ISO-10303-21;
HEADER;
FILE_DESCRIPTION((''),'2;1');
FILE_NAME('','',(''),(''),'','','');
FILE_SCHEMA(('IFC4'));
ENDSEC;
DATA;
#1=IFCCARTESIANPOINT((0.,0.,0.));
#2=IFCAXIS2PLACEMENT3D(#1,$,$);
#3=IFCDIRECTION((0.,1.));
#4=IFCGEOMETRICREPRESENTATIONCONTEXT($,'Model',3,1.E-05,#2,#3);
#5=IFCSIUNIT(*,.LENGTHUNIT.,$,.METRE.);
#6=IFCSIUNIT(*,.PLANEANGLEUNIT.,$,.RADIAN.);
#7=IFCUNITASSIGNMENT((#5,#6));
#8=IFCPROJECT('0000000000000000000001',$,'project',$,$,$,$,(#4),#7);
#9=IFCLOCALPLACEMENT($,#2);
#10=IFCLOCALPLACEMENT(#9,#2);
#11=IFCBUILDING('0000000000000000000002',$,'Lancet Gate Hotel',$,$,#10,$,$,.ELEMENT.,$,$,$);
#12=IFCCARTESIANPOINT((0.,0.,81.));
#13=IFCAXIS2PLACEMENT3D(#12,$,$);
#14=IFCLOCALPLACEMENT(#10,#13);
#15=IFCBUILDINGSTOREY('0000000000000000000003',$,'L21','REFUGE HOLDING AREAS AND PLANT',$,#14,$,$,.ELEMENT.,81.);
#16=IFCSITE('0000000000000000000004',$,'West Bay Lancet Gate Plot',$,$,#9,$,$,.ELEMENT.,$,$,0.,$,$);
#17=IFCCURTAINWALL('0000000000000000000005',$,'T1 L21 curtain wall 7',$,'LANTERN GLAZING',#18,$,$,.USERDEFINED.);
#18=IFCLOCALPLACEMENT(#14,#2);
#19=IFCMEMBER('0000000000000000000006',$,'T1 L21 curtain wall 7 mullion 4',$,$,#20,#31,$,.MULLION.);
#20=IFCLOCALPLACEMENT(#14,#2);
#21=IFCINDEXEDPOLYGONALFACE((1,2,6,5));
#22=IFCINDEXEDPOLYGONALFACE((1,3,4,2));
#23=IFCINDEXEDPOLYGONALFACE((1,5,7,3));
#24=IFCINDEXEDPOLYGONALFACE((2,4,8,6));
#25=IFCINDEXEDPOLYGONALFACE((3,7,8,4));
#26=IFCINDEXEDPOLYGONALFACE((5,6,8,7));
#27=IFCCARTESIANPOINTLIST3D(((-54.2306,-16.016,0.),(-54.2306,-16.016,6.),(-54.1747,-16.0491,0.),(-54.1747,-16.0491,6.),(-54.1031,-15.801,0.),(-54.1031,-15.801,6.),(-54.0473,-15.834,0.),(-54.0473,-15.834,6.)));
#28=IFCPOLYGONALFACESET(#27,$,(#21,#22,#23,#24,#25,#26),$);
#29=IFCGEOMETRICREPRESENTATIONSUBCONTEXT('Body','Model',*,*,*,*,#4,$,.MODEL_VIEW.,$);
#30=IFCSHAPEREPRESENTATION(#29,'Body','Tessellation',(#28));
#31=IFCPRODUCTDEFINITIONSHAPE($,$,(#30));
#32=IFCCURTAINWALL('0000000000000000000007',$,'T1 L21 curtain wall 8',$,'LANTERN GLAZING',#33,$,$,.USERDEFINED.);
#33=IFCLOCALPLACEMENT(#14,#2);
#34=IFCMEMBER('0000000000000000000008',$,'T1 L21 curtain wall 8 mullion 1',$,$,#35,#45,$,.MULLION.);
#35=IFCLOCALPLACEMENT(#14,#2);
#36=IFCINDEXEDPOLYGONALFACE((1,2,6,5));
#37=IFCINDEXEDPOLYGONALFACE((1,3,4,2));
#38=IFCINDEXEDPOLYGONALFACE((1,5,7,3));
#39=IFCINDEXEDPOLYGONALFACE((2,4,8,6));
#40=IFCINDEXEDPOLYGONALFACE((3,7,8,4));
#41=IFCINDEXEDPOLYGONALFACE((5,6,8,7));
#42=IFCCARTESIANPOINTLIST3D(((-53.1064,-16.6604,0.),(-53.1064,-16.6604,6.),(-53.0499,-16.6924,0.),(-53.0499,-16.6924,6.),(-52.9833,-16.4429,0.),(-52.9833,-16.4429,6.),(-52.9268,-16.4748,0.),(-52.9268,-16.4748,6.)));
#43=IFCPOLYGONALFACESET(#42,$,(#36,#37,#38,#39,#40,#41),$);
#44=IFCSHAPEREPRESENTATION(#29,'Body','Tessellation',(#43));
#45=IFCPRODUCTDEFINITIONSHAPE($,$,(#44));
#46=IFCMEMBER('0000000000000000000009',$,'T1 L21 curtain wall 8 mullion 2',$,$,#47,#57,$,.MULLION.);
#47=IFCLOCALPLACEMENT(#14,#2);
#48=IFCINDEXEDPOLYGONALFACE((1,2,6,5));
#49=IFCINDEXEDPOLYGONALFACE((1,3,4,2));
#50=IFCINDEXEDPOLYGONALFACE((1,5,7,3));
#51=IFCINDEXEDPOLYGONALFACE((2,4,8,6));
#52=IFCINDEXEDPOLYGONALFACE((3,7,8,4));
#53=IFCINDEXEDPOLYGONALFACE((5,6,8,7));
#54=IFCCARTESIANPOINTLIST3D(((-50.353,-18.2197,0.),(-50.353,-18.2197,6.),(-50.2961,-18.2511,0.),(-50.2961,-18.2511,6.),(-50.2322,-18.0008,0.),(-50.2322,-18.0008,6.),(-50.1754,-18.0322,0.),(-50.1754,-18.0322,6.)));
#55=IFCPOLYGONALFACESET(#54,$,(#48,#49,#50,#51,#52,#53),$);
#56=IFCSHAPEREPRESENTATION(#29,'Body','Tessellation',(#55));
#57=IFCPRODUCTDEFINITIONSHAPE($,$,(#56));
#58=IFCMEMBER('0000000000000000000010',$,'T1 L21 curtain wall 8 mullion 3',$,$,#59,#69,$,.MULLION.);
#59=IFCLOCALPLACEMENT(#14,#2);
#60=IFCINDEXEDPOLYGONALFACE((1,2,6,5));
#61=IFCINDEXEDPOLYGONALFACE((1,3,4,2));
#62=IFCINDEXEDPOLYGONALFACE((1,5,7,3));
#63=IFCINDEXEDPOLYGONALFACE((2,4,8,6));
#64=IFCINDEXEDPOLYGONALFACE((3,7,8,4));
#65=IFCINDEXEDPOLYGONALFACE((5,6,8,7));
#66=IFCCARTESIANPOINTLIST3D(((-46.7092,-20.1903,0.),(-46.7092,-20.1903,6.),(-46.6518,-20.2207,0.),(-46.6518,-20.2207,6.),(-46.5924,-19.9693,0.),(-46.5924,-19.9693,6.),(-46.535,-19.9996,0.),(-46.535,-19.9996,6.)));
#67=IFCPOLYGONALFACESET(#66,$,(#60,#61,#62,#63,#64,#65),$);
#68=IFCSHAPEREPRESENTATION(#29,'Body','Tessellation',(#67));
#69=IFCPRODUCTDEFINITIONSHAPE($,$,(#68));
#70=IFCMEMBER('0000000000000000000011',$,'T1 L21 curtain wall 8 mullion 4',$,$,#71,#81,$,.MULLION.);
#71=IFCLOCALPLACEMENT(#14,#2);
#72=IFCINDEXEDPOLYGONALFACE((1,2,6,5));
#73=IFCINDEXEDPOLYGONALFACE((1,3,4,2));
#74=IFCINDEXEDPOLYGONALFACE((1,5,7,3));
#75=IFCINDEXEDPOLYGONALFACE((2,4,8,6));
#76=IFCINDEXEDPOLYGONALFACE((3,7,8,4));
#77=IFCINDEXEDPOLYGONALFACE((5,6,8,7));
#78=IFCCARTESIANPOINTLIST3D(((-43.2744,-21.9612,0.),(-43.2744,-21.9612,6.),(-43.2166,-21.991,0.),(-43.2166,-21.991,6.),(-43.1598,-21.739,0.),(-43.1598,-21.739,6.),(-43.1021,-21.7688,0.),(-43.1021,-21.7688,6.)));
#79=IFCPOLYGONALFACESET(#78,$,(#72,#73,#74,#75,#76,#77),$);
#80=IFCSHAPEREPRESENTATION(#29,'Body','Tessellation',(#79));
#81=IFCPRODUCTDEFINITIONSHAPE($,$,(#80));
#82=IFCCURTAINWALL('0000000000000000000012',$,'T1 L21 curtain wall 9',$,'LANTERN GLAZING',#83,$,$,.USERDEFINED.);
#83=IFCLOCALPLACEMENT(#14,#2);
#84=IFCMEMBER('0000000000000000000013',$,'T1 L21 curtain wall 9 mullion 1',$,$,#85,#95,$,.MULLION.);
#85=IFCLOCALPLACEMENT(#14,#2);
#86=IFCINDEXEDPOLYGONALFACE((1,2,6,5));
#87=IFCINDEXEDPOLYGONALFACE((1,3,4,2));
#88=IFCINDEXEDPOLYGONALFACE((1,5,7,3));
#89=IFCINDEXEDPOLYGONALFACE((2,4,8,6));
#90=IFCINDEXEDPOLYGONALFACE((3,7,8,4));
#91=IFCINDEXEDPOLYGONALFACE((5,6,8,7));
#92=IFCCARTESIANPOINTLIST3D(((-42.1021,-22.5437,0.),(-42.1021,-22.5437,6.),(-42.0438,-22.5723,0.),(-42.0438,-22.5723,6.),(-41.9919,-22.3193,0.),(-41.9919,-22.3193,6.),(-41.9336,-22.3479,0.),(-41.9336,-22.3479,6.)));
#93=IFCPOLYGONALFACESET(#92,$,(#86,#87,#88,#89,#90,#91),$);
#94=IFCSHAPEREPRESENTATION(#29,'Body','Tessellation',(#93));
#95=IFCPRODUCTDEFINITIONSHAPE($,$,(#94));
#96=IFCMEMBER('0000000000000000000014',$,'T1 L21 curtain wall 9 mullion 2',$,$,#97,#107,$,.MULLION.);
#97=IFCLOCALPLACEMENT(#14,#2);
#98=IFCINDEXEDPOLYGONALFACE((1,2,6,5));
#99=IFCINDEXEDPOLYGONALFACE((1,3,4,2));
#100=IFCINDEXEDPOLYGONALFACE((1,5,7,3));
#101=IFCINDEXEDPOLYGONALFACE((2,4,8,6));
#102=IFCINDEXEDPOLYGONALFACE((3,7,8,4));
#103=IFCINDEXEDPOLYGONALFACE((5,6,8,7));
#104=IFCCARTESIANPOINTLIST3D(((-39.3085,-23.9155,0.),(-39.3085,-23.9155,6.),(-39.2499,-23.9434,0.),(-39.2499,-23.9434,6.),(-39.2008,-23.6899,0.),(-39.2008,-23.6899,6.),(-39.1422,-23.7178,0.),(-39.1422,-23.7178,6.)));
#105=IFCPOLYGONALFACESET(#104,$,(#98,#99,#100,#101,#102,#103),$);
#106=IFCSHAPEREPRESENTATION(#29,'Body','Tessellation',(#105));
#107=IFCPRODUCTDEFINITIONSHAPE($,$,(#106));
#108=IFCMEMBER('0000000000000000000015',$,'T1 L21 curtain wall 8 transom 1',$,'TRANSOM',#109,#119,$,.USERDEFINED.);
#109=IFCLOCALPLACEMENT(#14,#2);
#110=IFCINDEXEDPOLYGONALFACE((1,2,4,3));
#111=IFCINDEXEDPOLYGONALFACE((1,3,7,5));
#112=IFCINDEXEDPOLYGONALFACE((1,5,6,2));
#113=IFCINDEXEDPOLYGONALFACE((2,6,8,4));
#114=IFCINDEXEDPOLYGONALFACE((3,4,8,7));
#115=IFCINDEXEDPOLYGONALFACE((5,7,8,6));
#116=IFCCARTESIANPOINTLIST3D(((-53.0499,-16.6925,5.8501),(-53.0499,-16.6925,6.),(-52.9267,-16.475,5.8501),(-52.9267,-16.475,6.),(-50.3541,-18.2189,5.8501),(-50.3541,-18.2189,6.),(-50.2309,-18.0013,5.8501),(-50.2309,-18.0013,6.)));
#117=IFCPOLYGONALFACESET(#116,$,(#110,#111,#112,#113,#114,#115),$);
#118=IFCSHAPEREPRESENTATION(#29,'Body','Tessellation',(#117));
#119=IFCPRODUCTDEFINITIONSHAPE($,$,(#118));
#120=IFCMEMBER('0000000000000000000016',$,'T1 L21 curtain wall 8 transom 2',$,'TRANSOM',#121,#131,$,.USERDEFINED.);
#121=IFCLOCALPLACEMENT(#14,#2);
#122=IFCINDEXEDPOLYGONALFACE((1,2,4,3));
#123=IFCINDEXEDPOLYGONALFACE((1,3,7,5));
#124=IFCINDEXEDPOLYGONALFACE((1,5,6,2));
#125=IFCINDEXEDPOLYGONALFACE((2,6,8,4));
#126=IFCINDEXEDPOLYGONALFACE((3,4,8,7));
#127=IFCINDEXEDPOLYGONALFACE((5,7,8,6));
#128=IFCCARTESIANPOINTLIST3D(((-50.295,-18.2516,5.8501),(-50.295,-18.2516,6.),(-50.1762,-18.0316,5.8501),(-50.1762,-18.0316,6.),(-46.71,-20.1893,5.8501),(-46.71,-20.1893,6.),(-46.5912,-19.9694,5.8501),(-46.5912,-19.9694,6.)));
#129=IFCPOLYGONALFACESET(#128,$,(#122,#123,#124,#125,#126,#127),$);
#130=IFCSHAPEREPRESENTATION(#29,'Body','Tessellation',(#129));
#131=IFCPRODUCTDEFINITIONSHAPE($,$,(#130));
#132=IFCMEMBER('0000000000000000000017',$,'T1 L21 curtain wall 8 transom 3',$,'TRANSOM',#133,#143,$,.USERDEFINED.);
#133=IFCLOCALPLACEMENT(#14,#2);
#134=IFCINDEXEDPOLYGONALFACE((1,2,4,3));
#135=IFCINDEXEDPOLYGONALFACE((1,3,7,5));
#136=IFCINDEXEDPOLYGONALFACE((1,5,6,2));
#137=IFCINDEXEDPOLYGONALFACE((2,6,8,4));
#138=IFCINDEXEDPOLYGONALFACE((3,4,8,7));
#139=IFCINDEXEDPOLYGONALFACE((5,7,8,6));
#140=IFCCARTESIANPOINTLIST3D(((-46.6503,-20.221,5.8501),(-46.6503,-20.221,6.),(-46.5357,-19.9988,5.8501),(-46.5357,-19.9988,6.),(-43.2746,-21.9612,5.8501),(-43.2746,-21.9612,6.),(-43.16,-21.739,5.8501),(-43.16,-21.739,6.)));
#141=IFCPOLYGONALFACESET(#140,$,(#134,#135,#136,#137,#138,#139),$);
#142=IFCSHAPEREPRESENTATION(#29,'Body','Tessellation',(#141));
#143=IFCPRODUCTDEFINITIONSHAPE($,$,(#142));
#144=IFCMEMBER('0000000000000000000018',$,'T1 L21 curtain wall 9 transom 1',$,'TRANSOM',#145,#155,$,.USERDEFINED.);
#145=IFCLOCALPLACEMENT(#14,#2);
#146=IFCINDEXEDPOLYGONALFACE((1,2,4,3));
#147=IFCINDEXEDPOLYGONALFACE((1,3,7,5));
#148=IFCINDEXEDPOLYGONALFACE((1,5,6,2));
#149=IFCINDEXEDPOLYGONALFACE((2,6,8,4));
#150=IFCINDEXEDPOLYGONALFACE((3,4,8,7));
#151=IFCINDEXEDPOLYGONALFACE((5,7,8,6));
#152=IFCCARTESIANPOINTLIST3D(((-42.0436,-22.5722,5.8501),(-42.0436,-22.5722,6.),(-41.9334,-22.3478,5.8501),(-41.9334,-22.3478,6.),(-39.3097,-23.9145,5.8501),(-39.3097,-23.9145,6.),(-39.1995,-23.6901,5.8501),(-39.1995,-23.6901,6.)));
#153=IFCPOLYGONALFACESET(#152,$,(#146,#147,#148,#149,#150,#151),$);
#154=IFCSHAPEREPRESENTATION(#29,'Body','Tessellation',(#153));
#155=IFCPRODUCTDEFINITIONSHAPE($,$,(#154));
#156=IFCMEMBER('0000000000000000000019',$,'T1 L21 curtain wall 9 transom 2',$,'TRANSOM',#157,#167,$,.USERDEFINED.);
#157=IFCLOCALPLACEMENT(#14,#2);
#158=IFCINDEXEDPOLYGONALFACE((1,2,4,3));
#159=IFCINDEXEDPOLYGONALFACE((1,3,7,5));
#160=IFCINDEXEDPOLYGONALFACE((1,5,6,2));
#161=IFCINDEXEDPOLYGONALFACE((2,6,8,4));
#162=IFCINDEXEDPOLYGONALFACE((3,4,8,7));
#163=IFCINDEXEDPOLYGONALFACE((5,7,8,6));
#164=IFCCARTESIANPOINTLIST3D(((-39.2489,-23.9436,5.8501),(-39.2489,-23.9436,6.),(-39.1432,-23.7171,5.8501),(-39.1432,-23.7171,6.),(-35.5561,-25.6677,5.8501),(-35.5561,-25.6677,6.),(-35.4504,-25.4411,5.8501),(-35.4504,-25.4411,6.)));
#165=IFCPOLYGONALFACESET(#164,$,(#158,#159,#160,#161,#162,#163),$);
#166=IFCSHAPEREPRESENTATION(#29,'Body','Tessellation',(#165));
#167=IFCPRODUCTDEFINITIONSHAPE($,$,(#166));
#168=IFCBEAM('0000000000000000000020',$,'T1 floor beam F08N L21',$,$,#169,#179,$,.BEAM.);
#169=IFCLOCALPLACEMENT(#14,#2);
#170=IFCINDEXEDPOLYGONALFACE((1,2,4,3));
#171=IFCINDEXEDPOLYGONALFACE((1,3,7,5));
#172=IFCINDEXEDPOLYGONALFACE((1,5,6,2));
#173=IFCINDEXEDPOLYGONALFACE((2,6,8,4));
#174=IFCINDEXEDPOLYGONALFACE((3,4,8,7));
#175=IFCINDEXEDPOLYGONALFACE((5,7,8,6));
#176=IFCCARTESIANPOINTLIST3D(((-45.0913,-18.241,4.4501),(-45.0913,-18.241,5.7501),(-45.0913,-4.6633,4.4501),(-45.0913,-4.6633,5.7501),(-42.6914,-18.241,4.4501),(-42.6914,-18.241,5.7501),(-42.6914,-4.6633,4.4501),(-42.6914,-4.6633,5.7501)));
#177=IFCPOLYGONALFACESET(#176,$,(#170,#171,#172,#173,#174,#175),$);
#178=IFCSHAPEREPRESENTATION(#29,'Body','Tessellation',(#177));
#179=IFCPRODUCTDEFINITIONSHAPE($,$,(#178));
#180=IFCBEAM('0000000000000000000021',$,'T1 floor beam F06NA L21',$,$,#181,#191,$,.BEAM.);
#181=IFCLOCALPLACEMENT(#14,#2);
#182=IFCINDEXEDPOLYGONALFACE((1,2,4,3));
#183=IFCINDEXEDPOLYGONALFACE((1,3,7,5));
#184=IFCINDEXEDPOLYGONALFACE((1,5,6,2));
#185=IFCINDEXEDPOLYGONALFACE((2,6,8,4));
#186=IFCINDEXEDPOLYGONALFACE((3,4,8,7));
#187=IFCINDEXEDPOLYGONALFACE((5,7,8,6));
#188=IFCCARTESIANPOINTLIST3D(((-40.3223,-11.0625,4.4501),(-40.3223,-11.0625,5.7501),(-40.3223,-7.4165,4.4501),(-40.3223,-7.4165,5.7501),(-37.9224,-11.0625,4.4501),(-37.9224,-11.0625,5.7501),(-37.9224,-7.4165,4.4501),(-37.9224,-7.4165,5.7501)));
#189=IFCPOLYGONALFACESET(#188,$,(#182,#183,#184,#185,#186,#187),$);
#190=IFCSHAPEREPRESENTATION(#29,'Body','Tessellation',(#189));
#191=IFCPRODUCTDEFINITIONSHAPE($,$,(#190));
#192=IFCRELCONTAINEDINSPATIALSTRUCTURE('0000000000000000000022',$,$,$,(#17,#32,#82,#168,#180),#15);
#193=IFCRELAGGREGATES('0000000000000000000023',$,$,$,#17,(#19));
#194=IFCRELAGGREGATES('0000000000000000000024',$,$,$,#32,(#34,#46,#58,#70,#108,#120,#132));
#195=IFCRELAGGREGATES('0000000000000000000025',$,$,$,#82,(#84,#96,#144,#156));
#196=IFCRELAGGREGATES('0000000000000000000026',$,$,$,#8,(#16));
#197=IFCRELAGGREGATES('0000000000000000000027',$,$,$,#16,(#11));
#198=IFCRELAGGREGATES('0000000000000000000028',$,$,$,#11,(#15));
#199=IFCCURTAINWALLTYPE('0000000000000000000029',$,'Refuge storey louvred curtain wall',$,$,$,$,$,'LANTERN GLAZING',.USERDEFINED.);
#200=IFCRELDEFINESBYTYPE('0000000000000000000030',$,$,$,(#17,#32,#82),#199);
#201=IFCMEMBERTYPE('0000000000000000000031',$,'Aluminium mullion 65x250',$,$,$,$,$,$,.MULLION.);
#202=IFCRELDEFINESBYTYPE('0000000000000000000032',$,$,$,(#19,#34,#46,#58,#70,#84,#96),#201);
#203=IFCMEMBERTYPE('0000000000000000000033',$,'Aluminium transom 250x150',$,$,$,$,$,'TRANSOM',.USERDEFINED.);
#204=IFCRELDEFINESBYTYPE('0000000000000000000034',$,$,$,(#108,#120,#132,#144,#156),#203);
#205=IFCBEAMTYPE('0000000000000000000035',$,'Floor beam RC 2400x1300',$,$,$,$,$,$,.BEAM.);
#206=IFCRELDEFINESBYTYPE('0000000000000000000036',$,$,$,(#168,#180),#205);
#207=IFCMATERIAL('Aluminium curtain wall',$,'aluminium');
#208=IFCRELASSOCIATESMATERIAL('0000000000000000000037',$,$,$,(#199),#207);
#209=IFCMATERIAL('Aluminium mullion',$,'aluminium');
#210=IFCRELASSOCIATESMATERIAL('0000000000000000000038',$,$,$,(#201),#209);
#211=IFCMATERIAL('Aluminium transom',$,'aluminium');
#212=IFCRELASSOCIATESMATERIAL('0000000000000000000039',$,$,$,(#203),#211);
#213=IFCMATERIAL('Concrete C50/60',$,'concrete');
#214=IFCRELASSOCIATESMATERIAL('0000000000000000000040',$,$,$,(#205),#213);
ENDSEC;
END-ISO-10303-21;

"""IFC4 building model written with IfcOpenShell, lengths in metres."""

from ifc_helpers import new_model, si_unit, direction, frame, origin, origin_2d, place, context, subcontext, project, spatial, rectangle, extrude, material, material_profile, profile_set, type_object, element, aggregate, save


model = new_model("IFC4")

# Units and contexts
model_context = context("Model", 3, precision=1e-05, world=origin(), true_north=direction((0.0, 1.0)))
body_context = subcontext(model_context, "Body", "Model", "MODEL_VIEW")
ifc_project = project(units=[si_unit("LENGTHUNIT", "METRE"), si_unit("PLANEANGLEUNIT", "RADIAN")], contexts=[model_context])

# Site, building, storey
site_placement = place(None, origin())
site = spatial("IfcSite", under=ifc_project, at=site_placement, Name="West Bay Lancet Gate Plot", CompositionType="ELEMENT", RefElevation=0.0)
building_placement = place(site_placement, origin())
building = spatial("IfcBuilding", under=site, at=building_placement, Name="Lancet Gate Hotel", CompositionType="ELEMENT")
storey_placement = place(building_placement, frame((0.0, 0.0, 81.0)))
storey = spatial("IfcBuildingStorey", under=building, at=storey_placement, Name="L21", Description="REFUGE HOLDING AREAS AND PLANT", CompositionType="ELEMENT", Elevation=81.0)

# Curtain wall, member
ifc_material_1 = material(Name="Aluminium curtain wall", Category="aluminium")
curtain_wall_type = type_object("IfcCurtainWallType", Name="Refuge storey louvred curtain wall", ElementType="LANTERN GLAZING", PredefinedType="USERDEFINED", material=ifc_material_1)
curtain_wall_1_placement = place(storey_placement, origin())
curtain_wall_1 = element("IfcCurtainWall", 1, at=curtain_wall_1_placement, inside=storey, type_object=curtain_wall_type, Name="T1 L21 curtain wall 7", ObjectType="LANTERN GLAZING", PredefinedType="USERDEFINED")
ifc_material_2 = material(Name="Aluminium mullion", Category="aluminium")
ifc_material_profile_1 = material_profile(ifc_material_2, rectangle(XDim=0.0649, YDim=0.25, at=origin_2d()), Name="MULLION 65x250")
ifc_profile_set_1 = profile_set([ifc_material_profile_1], Name="Aluminium mullion")
member_type_1 = type_object("IfcMemberType", Name="Aluminium mullion 65x250", PredefinedType="MULLION", material=ifc_profile_set_1)
member_1_placement = place(storey_placement, frame((-54.1389, -15.925, 0.0), z_axis=(0.0, 0.0, 1.0), x_axis=(0.860382, -0.50965, 0.0)))
member_1 = element("IfcMember", 2, at=member_1_placement, type_object=member_type_1, Name="T1 L21 curtain wall 7 mullion 4", PredefinedType="MULLION", context=body_context, shape_type="SweptSolid", body=[
    extrude(rectangle(XDim=0.0649, YDim=0.25, at=origin_2d()), origin(), (0.0, 0.0, 1.0), 6.0),
])

# Curtain walls, members
curtain_wall_2_placement = place(storey_placement, origin())
curtain_wall_2 = element("IfcCurtainWall", 3, at=curtain_wall_2_placement, inside=storey, type_object=curtain_wall_type, Name="T1 L21 curtain wall 8", ObjectType="LANTERN GLAZING", PredefinedType="USERDEFINED")
member_2_placement = place(storey_placement, frame((-53.0166, -16.5676, 0.0), z_axis=(0.0, 0.0, 1.0), x_axis=(0.870205, -0.49269, 0.0)))
member_2 = element("IfcMember", 4, at=member_2_placement, type_object=member_type_1, Name="T1 L21 curtain wall 8 mullion 1", PredefinedType="MULLION", context=body_context, shape_type="SweptSolid", body=[
    extrude(rectangle(XDim=0.0649, YDim=0.25, at=origin_2d()), origin(), (0.0, 0.0, 1.0), 6.0),
])
member_3_placement = place(storey_placement, frame((-50.2642, -18.126, 0.0), z_axis=(0.0, 0.0, 1.0), x_axis=(0.875625, -0.482991, 0.0)))
member_3 = element("IfcMember", 5, at=member_3_placement, type_object=member_type_1, Name="T1 L21 curtain wall 8 mullion 2", PredefinedType="MULLION", context=body_context, shape_type="SweptSolid", body=[
    extrude(rectangle(XDim=0.0649, YDim=0.25, at=origin_2d()), origin(), (0.0, 0.0, 1.0), 6.0),
])
member_4_placement = place(storey_placement, frame((-46.6221, -20.095, 0.0), z_axis=(0.0, 0.0, 1.0), x_axis=(0.884153, -0.467198, 0.0)))
member_4 = element("IfcMember", 6, at=member_4_placement, type_object=member_type_1, Name="T1 L21 curtain wall 8 mullion 3", PredefinedType="MULLION", context=body_context, shape_type="SweptSolid", body=[
    extrude(rectangle(XDim=0.0649, YDim=0.25, at=origin_2d()), origin(), (0.0, 0.0, 1.0), 6.0),
])
member_5_placement = place(storey_placement, frame((-43.1882, -21.865, 0.0), z_axis=(0.0, 0.0, 1.0), x_axis=(0.888844, -0.45821, 0.0)))
member_5 = element("IfcMember", 7, at=member_5_placement, type_object=member_type_1, Name="T1 L21 curtain wall 8 mullion 4", PredefinedType="MULLION", context=body_context, shape_type="SweptSolid", body=[
    extrude(rectangle(XDim=0.0649, YDim=0.25, at=origin_2d()), origin(), (0.0, 0.0, 1.0), 6.0),
])
curtain_wall_3_placement = place(storey_placement, origin())
curtain_wall_3 = element("IfcCurtainWall", 8, at=curtain_wall_3_placement, inside=storey, type_object=curtain_wall_type, Name="T1 L21 curtain wall 9", ObjectType="LANTERN GLAZING", PredefinedType="USERDEFINED")
member_6_placement = place(storey_placement, frame((-42.0178, -22.4458, 0.0), z_axis=(0.0, 0.0, 1.0), x_axis=(0.897653, -0.440702, 0.0)))
member_6 = element("IfcMember", 9, at=member_6_placement, type_object=member_type_1, Name="T1 L21 curtain wall 9 mullion 1", PredefinedType="MULLION", context=body_context, shape_type="SweptSolid", body=[
    extrude(rectangle(XDim=0.0649, YDim=0.25, at=origin_2d()), origin(), (0.0, 0.0, 1.0), 6.0),
])
member_7_placement = place(storey_placement, frame((-39.2253, -23.8167, 0.0), z_axis=(0.0, 0.0, 1.0), x_axis=(0.902529, -0.430629, 0.0)))
member_7 = element("IfcMember", 10, at=member_7_placement, type_object=member_type_1, Name="T1 L21 curtain wall 9 mullion 2", PredefinedType="MULLION", context=body_context, shape_type="SweptSolid", body=[
    extrude(rectangle(XDim=0.0649, YDim=0.25, at=origin_2d()), origin(), (0.0, 0.0, 1.0), 6.0),
])

# Members
ifc_material_3 = material(Name="Aluminium transom", Category="aluminium")
ifc_material_profile_2 = material_profile(ifc_material_3, rectangle(XDim=0.25, YDim=0.1499, at=origin_2d()), Name="TRANSOM 250x150")
ifc_profile_set_2 = profile_set([ifc_material_profile_2], Name="Aluminium transom")
member_type_2 = type_object("IfcMemberType", Name="Aluminium transom 250x150", ElementType="TRANSOM", PredefinedType="USERDEFINED", material=ifc_profile_set_2)
member_8_placement = place(storey_placement, frame((-52.9883, -16.5837, 5.925), z_axis=(0.870196, -0.492706, 0.0), x_axis=(0.492706, 0.870196, 0.0)))
member_8 = element("IfcMember", 11, at=member_8_placement, type_object=member_type_2, Name="T1 L21 curtain wall 8 transom 1", ObjectType="TRANSOM", PredefinedType="USERDEFINED", context=body_context, shape_type="SweptSolid", body=[
    extrude(rectangle(XDim=0.25, YDim=0.1499, at=origin_2d()), origin(), (0.0, 0.0, 1.0), 3.0979),
])
member_9_placement = place(storey_placement, frame((-50.2356, -18.1416, 5.925), z_axis=(0.879714, -0.475503, 0.0), x_axis=(0.475503, 0.879714, 0.0)))
member_9 = element("IfcMember", 12, at=member_9_placement, type_object=member_type_2, Name="T1 L21 curtain wall 8 transom 2", ObjectType="TRANSOM", PredefinedType="USERDEFINED", context=body_context, shape_type="SweptSolid", body=[
    extrude(rectangle(XDim=0.25, YDim=0.1499, at=origin_2d()), origin(), (0.0, 0.0, 1.0), 4.0752),
])
member_10_placement = place(storey_placement, frame((-46.593, -20.1099, 5.925), z_axis=(0.888844, -0.458211, 0.0), x_axis=(0.458211, 0.888844, 0.0)))
member_10 = element("IfcMember", 13, at=member_10_placement, type_object=member_type_2, Name="T1 L21 curtain wall 8 transom 3", ObjectType="TRANSOM", PredefinedType="USERDEFINED", context=body_context, shape_type="SweptSolid", body=[
    extrude(rectangle(XDim=0.25, YDim=0.1499, at=origin_2d()), origin(), (0.0, 0.0, 1.0), 3.7979),
])
member_11_placement = place(storey_placement, frame((-41.9885, -22.46, 5.925), z_axis=(0.897642, -0.440725, 0.0), x_axis=(0.440725, 0.897642, 0.0)))
member_11 = element("IfcMember", 14, at=member_11_placement, type_object=member_type_2, Name="T1 L21 curtain wall 9 transom 1", ObjectType="TRANSOM", PredefinedType="USERDEFINED", context=body_context, shape_type="SweptSolid", body=[
    extrude(rectangle(XDim=0.25, YDim=0.1499, at=origin_2d()), origin(), (0.0, 0.0, 1.0), 3.0457),
])
member_12_placement = place(storey_placement, frame((-39.196, -23.8303, 5.925), z_axis=(0.90611, -0.423043, 0.0), x_axis=(0.423043, 0.90611, 0.0)))
member_12 = element("IfcMember", 15, at=member_12_placement, type_object=member_type_2, Name="T1 L21 curtain wall 9 transom 2", ObjectType="TRANSOM", PredefinedType="USERDEFINED", context=body_context, shape_type="SweptSolid", body=[
    extrude(rectangle(XDim=0.25, YDim=0.1499, at=origin_2d()), origin(), (0.0, 0.0, 1.0), 4.0754),
])

# Beams
ifc_material_4 = material(Name="Concrete C50/60", Category="concrete")
ifc_material_profile_3 = material_profile(ifc_material_4, rectangle(XDim=2.3999, YDim=1.3, at=origin_2d()), Name="RC 2400x1300")
ifc_profile_set_3 = profile_set([ifc_material_profile_3], Name="Concrete C50/60")
beam_type_1 = type_object("IfcBeamType", Name="Floor beam RC 2400x1300", PredefinedType="BEAM", material=ifc_profile_set_3)
beam_1_placement = place(storey_placement, frame((-43.8914, -4.6633, 5.1001), z_axis=(0.0, -1.0, 0.0), x_axis=(1.0, 0.0, 0.0)))
element("IfcBeam", 16, at=beam_1_placement, inside=storey, type_object=beam_type_1, Name="T1 floor beam F08N L21", PredefinedType="BEAM", context=body_context, shape_type="SweptSolid", body=[
    extrude(rectangle(XDim=2.3999, YDim=1.3, at=origin_2d()), origin(), (0.0, 0.0, 1.0), 13.5776),
])
beam_2_placement = place(storey_placement, frame((-39.1223, -7.4165, 5.1001), z_axis=(0.0, -1.0, 0.0), x_axis=(1.0, 0.0, 0.0)))
element("IfcBeam", 17, at=beam_2_placement, inside=storey, type_object=beam_type_1, Name="T1 floor beam F06NA L21", PredefinedType="BEAM", context=body_context, shape_type="SweptSolid", body=[
    extrude(rectangle(XDim=2.3999, YDim=1.3, at=origin_2d()), origin(), (0.0, 0.0, 1.0), 3.646),
])

aggregate(curtain_wall_1, [member_1])
aggregate(curtain_wall_2, [member_2, member_3, member_4, member_5, member_8, member_9, member_10])
aggregate(curtain_wall_3, [member_6, member_7, member_11, member_12])

save(model, "model.ifc")
